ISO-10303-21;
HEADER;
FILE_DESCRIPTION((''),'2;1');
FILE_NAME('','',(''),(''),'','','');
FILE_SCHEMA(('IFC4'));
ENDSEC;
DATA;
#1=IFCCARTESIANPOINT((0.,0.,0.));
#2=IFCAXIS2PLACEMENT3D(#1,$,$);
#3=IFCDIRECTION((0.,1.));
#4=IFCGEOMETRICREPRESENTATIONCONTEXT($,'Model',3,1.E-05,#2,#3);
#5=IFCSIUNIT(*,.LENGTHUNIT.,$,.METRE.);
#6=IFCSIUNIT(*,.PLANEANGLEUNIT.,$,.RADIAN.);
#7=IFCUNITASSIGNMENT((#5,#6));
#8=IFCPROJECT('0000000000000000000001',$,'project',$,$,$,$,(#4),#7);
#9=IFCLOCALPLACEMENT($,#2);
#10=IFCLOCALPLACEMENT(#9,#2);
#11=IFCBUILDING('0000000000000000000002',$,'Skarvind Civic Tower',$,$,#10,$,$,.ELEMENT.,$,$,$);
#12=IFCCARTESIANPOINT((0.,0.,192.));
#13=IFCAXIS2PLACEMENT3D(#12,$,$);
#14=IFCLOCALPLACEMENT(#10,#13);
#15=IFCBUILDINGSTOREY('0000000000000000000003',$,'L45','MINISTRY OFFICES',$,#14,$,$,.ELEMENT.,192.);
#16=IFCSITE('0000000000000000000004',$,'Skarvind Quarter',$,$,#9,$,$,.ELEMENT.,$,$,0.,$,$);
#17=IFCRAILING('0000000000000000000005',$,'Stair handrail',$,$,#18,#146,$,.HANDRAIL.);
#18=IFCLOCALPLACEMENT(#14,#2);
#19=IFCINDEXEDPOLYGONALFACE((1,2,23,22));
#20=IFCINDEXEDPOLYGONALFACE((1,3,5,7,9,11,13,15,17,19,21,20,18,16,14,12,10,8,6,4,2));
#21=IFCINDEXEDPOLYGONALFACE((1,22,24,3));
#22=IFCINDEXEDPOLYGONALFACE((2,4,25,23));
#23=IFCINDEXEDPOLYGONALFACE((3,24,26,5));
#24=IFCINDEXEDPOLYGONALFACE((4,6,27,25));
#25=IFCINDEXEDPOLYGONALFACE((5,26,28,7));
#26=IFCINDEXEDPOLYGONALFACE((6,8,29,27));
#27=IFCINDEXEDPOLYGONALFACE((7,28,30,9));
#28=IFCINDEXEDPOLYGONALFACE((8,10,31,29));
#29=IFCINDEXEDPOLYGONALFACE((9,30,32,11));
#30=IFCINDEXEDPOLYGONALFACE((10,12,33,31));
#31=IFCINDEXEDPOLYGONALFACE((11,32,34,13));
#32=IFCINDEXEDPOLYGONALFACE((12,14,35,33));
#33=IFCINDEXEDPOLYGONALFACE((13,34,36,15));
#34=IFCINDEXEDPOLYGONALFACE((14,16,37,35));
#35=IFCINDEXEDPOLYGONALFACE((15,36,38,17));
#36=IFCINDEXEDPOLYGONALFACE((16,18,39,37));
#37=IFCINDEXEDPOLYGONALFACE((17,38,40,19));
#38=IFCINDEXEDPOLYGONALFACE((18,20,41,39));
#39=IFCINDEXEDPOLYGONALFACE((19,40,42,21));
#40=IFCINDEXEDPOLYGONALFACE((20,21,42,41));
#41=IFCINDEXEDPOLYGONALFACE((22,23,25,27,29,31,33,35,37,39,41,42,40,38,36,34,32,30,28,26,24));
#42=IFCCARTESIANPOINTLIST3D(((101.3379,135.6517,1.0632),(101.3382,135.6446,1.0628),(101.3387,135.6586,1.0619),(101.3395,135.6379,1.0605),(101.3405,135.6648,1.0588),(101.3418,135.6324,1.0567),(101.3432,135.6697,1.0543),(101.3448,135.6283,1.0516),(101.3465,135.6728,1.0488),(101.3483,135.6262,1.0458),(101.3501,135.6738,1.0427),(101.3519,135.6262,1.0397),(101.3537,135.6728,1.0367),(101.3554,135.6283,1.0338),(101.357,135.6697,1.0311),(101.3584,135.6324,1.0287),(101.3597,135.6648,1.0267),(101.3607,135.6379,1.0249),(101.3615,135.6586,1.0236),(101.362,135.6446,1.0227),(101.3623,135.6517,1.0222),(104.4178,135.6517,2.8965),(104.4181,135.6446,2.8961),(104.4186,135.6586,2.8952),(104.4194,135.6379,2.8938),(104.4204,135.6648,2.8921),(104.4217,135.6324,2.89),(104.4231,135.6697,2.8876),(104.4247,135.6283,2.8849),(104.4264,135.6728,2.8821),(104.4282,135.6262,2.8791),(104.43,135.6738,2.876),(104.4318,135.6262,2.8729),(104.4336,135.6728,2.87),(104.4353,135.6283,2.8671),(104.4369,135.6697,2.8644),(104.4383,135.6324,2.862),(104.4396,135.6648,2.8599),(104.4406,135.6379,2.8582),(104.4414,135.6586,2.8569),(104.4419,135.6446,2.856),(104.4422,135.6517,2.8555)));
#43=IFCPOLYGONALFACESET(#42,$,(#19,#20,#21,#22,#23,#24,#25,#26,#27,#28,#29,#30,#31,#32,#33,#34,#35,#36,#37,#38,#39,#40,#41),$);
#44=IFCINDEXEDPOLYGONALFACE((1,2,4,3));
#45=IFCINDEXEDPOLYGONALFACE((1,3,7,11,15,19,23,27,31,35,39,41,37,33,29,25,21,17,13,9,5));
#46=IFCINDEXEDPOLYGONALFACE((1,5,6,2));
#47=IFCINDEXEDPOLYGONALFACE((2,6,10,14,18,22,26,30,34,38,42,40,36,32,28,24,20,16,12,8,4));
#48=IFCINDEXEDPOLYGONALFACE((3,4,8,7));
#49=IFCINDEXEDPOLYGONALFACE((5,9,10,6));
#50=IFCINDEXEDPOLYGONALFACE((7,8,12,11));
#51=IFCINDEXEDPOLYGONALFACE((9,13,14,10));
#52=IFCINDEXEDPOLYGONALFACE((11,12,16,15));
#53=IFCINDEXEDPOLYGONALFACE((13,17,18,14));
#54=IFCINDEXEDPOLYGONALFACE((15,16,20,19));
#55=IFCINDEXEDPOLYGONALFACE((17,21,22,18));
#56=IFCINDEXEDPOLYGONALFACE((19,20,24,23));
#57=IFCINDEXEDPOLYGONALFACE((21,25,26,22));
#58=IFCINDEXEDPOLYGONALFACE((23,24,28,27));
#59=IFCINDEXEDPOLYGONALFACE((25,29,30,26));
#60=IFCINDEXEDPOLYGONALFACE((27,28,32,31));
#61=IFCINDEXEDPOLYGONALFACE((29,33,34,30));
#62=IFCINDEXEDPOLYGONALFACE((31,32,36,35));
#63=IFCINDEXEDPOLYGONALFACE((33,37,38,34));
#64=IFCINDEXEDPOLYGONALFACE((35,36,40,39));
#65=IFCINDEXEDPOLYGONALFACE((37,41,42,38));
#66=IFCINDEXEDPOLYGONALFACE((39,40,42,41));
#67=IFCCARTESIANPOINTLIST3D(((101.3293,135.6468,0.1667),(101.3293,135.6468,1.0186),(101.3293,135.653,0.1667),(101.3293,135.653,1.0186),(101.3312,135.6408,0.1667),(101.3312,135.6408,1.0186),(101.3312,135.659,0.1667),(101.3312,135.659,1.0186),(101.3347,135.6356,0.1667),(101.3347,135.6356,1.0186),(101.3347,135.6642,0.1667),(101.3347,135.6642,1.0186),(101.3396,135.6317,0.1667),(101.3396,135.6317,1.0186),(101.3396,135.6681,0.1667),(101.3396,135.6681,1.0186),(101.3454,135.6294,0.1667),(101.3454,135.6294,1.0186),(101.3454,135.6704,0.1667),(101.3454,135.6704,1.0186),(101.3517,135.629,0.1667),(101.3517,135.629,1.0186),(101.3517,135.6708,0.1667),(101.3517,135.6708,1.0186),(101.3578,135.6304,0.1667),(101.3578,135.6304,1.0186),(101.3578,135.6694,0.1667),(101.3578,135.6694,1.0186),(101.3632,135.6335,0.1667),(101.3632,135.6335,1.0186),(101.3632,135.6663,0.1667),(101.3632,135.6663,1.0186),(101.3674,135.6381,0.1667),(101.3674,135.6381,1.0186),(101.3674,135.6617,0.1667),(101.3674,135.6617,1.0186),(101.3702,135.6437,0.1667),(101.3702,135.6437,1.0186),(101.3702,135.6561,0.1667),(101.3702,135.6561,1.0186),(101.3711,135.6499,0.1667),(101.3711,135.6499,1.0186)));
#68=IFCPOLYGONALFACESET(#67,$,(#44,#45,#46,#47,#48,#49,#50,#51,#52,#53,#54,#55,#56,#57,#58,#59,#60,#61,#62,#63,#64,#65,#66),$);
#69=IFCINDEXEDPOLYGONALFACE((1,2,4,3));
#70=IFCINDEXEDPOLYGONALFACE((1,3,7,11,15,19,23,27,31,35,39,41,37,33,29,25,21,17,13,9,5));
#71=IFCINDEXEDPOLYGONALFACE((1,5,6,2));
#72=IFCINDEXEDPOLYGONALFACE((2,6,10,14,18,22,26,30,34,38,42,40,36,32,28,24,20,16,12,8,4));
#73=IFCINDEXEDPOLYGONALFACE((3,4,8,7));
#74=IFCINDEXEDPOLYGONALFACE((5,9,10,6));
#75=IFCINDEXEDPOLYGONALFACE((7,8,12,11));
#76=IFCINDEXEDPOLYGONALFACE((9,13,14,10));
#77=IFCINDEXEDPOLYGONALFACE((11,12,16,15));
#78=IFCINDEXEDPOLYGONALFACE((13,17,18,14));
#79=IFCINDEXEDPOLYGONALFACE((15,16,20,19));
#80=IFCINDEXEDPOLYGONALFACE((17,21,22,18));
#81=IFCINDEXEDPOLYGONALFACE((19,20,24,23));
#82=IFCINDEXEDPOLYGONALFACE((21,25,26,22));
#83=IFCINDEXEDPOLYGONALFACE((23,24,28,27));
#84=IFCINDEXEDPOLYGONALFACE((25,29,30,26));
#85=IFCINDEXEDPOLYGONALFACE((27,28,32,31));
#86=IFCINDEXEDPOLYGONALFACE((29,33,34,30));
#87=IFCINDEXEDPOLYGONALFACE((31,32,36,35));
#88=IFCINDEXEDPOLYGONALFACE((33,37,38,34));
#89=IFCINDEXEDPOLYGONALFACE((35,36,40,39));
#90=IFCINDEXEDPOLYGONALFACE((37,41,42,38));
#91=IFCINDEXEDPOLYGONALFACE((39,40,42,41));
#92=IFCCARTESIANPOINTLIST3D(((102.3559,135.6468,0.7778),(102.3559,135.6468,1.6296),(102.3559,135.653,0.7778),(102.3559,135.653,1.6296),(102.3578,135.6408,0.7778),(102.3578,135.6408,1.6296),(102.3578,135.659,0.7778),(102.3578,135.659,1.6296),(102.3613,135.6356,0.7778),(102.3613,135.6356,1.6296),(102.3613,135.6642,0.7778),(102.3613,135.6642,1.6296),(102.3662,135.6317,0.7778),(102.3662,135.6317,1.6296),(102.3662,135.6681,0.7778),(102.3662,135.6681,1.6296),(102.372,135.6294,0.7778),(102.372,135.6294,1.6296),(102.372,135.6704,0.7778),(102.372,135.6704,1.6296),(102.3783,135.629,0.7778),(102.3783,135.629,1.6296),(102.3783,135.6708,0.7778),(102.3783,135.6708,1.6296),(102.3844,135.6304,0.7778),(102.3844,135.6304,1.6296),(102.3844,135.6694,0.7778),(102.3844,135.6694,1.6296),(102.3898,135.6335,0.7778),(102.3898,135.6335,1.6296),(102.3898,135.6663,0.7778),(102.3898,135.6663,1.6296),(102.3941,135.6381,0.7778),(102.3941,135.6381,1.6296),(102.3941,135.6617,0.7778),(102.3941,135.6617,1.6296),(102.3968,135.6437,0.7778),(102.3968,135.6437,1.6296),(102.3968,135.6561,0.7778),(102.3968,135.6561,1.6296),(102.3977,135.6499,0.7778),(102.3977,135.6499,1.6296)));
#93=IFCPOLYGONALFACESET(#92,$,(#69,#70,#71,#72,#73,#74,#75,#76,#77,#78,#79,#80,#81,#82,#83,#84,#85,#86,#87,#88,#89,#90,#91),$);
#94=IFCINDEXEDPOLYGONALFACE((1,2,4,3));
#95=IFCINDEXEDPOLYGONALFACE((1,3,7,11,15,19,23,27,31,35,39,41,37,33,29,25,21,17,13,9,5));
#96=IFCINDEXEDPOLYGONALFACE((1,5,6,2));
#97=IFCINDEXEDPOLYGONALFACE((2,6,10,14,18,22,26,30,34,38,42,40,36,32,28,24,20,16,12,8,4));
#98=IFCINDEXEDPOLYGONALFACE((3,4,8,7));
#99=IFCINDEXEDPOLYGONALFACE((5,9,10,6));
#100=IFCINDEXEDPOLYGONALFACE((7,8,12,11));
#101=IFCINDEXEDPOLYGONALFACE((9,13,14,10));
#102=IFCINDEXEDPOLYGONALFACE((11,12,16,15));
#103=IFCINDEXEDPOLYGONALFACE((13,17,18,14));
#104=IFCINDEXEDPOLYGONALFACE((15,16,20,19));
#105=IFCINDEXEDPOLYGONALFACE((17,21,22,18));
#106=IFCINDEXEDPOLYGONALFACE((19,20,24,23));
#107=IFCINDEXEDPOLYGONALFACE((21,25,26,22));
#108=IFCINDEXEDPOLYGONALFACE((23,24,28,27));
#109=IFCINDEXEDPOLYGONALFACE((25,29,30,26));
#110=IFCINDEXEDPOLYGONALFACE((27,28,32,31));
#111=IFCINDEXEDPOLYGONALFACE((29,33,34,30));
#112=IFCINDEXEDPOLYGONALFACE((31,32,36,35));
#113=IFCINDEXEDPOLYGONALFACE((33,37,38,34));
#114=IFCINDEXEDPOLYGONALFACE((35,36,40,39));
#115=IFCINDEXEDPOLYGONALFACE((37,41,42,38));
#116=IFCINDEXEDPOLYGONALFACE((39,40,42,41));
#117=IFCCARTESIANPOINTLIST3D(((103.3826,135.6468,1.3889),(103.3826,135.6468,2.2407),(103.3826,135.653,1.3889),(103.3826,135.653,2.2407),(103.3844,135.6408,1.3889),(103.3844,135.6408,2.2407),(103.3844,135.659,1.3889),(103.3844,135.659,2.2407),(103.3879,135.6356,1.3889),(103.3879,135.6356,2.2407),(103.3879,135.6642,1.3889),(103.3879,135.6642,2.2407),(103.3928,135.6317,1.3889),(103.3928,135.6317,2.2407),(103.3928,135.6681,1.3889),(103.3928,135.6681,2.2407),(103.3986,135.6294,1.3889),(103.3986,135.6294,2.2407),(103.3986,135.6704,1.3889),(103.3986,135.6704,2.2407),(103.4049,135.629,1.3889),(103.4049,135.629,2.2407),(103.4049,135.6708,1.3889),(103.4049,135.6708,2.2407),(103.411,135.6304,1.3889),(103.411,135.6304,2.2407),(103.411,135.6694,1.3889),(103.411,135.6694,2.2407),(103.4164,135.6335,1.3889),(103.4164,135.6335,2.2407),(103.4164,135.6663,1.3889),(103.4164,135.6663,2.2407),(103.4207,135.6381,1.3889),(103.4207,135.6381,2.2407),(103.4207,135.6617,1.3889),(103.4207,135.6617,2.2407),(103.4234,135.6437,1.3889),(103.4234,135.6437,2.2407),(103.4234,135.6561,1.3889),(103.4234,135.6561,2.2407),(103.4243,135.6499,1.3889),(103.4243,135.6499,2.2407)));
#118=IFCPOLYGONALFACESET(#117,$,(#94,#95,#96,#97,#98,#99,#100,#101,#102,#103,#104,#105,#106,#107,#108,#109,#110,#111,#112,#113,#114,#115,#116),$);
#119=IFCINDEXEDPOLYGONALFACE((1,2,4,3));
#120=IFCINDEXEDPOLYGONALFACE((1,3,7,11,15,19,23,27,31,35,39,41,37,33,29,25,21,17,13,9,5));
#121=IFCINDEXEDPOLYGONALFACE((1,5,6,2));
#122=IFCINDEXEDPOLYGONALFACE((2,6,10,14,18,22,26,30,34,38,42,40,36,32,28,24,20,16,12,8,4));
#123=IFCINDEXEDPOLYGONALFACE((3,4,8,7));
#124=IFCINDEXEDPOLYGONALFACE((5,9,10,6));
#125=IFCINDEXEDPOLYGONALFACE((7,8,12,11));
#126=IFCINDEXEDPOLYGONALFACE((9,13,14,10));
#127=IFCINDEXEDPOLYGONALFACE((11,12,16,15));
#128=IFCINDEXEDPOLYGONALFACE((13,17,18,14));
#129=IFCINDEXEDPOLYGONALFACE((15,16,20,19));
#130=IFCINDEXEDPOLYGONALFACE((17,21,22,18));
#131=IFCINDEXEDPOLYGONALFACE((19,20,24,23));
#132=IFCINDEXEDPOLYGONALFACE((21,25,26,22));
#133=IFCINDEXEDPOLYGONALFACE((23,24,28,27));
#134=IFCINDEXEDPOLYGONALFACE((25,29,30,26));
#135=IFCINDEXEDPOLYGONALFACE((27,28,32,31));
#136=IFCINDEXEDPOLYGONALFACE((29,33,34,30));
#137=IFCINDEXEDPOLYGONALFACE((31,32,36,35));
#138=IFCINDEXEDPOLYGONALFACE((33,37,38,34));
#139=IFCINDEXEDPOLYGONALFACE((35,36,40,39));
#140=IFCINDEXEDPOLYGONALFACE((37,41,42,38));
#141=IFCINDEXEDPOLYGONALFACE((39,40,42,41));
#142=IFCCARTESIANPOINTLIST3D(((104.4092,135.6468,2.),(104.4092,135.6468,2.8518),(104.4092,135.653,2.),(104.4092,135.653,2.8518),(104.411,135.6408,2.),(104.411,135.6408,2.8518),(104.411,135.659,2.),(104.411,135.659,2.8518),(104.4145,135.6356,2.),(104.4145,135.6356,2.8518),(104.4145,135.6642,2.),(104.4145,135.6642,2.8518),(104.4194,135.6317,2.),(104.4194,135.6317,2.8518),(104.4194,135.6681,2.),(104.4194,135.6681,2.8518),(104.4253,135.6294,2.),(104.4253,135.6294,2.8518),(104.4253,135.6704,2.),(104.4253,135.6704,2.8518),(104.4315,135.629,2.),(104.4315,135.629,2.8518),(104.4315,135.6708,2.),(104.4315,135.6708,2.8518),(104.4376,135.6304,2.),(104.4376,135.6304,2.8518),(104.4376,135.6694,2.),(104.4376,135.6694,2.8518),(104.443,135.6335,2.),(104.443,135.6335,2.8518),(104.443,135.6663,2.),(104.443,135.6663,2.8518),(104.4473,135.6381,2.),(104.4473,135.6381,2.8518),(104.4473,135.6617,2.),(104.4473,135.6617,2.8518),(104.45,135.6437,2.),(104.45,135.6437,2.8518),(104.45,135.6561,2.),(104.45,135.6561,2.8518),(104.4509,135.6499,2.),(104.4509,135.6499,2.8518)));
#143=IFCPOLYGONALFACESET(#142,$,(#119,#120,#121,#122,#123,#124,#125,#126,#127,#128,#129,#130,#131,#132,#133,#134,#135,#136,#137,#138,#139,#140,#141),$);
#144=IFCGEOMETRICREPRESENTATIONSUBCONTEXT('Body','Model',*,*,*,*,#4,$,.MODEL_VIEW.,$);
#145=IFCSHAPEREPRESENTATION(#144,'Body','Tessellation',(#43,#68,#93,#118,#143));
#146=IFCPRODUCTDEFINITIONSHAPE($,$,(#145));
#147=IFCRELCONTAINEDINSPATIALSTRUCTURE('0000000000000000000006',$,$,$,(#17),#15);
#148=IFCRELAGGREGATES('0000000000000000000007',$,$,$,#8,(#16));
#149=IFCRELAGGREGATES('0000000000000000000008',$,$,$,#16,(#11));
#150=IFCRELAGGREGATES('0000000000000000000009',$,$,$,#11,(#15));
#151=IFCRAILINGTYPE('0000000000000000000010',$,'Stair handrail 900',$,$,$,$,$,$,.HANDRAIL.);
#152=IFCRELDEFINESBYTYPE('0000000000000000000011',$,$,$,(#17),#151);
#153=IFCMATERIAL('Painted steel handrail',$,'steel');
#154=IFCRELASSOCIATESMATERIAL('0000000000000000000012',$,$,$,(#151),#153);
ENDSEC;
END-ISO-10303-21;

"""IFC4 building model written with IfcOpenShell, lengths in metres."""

from ifc_helpers import new_model, si_unit, direction, frame, origin, origin_2d, place, context, subcontext, project, spatial, circle, extrude, material, type_object, element, save


model = new_model("IFC4")

# Units and contexts
model_context = context("Model", 3, precision=1e-05, world=origin(), true_north=direction((0.0, 1.0)))
body_context = subcontext(model_context, "Body", "Model", "MODEL_VIEW")
ifc_project = project(units=[si_unit("LENGTHUNIT", "METRE"), si_unit("PLANEANGLEUNIT", "RADIAN")], contexts=[model_context])

# Site, building, storey
site_placement = place(None, origin())
site = spatial("IfcSite", under=ifc_project, at=site_placement, Name="Skarvind Quarter", CompositionType="ELEMENT", RefElevation=0.0)
building_placement = place(site_placement, origin())
building = spatial("IfcBuilding", under=site, at=building_placement, Name="Skarvind Civic Tower", CompositionType="ELEMENT")
storey_placement = place(building_placement, frame((0.0, 0.0, 192.0)))
storey = spatial("IfcBuildingStorey", under=building, at=storey_placement, Name="L45", Description="MINISTRY OFFICES", CompositionType="ELEMENT", Elevation=192.0)

# Railing
ifc_material_1 = material(Name="Painted steel handrail", Category="steel")
railing_type = type_object("IfcRailingType", Name="Stair handrail 900", PredefinedType="HANDRAIL", material=ifc_material_1)
railing_1_placement = place(storey_placement, frame((101.3501, 135.6499, 0.1667)))
element("IfcRailing", 1, at=railing_1_placement, inside=storey, type_object=railing_type, Name="Stair handrail", PredefinedType="HANDRAIL", context=body_context, shape_type="SweptSolid", body=[
    extrude(circle(Radius=0.0239, at=origin_2d()), frame((0.0, 0.0, 0.876), z_axis=(0.859291, 0.0, 0.511487), x_axis=(0.0, 1.0, 0.0)), (0.0, 0.0, 1.0), 3.5842),
    extrude(circle(Radius=0.021, at=origin_2d()), origin(), (0.0, 0.0, 1.0), 0.8518),
    extrude(circle(Radius=0.021, at=origin_2d()), frame((1.0266, 0.0, 0.6111)), (0.0, 0.0, 1.0), 0.8518),
    extrude(circle(Radius=0.021, at=origin_2d()), frame((2.0532, 0.0, 1.2222)), (0.0, 0.0, 1.0), 0.8518),
    extrude(circle(Radius=0.021, at=origin_2d()), frame((3.0798, 0.0, 1.8333)), (0.0, 0.0, 1.0), 0.8518),
])

save(model, "model.ifc")
